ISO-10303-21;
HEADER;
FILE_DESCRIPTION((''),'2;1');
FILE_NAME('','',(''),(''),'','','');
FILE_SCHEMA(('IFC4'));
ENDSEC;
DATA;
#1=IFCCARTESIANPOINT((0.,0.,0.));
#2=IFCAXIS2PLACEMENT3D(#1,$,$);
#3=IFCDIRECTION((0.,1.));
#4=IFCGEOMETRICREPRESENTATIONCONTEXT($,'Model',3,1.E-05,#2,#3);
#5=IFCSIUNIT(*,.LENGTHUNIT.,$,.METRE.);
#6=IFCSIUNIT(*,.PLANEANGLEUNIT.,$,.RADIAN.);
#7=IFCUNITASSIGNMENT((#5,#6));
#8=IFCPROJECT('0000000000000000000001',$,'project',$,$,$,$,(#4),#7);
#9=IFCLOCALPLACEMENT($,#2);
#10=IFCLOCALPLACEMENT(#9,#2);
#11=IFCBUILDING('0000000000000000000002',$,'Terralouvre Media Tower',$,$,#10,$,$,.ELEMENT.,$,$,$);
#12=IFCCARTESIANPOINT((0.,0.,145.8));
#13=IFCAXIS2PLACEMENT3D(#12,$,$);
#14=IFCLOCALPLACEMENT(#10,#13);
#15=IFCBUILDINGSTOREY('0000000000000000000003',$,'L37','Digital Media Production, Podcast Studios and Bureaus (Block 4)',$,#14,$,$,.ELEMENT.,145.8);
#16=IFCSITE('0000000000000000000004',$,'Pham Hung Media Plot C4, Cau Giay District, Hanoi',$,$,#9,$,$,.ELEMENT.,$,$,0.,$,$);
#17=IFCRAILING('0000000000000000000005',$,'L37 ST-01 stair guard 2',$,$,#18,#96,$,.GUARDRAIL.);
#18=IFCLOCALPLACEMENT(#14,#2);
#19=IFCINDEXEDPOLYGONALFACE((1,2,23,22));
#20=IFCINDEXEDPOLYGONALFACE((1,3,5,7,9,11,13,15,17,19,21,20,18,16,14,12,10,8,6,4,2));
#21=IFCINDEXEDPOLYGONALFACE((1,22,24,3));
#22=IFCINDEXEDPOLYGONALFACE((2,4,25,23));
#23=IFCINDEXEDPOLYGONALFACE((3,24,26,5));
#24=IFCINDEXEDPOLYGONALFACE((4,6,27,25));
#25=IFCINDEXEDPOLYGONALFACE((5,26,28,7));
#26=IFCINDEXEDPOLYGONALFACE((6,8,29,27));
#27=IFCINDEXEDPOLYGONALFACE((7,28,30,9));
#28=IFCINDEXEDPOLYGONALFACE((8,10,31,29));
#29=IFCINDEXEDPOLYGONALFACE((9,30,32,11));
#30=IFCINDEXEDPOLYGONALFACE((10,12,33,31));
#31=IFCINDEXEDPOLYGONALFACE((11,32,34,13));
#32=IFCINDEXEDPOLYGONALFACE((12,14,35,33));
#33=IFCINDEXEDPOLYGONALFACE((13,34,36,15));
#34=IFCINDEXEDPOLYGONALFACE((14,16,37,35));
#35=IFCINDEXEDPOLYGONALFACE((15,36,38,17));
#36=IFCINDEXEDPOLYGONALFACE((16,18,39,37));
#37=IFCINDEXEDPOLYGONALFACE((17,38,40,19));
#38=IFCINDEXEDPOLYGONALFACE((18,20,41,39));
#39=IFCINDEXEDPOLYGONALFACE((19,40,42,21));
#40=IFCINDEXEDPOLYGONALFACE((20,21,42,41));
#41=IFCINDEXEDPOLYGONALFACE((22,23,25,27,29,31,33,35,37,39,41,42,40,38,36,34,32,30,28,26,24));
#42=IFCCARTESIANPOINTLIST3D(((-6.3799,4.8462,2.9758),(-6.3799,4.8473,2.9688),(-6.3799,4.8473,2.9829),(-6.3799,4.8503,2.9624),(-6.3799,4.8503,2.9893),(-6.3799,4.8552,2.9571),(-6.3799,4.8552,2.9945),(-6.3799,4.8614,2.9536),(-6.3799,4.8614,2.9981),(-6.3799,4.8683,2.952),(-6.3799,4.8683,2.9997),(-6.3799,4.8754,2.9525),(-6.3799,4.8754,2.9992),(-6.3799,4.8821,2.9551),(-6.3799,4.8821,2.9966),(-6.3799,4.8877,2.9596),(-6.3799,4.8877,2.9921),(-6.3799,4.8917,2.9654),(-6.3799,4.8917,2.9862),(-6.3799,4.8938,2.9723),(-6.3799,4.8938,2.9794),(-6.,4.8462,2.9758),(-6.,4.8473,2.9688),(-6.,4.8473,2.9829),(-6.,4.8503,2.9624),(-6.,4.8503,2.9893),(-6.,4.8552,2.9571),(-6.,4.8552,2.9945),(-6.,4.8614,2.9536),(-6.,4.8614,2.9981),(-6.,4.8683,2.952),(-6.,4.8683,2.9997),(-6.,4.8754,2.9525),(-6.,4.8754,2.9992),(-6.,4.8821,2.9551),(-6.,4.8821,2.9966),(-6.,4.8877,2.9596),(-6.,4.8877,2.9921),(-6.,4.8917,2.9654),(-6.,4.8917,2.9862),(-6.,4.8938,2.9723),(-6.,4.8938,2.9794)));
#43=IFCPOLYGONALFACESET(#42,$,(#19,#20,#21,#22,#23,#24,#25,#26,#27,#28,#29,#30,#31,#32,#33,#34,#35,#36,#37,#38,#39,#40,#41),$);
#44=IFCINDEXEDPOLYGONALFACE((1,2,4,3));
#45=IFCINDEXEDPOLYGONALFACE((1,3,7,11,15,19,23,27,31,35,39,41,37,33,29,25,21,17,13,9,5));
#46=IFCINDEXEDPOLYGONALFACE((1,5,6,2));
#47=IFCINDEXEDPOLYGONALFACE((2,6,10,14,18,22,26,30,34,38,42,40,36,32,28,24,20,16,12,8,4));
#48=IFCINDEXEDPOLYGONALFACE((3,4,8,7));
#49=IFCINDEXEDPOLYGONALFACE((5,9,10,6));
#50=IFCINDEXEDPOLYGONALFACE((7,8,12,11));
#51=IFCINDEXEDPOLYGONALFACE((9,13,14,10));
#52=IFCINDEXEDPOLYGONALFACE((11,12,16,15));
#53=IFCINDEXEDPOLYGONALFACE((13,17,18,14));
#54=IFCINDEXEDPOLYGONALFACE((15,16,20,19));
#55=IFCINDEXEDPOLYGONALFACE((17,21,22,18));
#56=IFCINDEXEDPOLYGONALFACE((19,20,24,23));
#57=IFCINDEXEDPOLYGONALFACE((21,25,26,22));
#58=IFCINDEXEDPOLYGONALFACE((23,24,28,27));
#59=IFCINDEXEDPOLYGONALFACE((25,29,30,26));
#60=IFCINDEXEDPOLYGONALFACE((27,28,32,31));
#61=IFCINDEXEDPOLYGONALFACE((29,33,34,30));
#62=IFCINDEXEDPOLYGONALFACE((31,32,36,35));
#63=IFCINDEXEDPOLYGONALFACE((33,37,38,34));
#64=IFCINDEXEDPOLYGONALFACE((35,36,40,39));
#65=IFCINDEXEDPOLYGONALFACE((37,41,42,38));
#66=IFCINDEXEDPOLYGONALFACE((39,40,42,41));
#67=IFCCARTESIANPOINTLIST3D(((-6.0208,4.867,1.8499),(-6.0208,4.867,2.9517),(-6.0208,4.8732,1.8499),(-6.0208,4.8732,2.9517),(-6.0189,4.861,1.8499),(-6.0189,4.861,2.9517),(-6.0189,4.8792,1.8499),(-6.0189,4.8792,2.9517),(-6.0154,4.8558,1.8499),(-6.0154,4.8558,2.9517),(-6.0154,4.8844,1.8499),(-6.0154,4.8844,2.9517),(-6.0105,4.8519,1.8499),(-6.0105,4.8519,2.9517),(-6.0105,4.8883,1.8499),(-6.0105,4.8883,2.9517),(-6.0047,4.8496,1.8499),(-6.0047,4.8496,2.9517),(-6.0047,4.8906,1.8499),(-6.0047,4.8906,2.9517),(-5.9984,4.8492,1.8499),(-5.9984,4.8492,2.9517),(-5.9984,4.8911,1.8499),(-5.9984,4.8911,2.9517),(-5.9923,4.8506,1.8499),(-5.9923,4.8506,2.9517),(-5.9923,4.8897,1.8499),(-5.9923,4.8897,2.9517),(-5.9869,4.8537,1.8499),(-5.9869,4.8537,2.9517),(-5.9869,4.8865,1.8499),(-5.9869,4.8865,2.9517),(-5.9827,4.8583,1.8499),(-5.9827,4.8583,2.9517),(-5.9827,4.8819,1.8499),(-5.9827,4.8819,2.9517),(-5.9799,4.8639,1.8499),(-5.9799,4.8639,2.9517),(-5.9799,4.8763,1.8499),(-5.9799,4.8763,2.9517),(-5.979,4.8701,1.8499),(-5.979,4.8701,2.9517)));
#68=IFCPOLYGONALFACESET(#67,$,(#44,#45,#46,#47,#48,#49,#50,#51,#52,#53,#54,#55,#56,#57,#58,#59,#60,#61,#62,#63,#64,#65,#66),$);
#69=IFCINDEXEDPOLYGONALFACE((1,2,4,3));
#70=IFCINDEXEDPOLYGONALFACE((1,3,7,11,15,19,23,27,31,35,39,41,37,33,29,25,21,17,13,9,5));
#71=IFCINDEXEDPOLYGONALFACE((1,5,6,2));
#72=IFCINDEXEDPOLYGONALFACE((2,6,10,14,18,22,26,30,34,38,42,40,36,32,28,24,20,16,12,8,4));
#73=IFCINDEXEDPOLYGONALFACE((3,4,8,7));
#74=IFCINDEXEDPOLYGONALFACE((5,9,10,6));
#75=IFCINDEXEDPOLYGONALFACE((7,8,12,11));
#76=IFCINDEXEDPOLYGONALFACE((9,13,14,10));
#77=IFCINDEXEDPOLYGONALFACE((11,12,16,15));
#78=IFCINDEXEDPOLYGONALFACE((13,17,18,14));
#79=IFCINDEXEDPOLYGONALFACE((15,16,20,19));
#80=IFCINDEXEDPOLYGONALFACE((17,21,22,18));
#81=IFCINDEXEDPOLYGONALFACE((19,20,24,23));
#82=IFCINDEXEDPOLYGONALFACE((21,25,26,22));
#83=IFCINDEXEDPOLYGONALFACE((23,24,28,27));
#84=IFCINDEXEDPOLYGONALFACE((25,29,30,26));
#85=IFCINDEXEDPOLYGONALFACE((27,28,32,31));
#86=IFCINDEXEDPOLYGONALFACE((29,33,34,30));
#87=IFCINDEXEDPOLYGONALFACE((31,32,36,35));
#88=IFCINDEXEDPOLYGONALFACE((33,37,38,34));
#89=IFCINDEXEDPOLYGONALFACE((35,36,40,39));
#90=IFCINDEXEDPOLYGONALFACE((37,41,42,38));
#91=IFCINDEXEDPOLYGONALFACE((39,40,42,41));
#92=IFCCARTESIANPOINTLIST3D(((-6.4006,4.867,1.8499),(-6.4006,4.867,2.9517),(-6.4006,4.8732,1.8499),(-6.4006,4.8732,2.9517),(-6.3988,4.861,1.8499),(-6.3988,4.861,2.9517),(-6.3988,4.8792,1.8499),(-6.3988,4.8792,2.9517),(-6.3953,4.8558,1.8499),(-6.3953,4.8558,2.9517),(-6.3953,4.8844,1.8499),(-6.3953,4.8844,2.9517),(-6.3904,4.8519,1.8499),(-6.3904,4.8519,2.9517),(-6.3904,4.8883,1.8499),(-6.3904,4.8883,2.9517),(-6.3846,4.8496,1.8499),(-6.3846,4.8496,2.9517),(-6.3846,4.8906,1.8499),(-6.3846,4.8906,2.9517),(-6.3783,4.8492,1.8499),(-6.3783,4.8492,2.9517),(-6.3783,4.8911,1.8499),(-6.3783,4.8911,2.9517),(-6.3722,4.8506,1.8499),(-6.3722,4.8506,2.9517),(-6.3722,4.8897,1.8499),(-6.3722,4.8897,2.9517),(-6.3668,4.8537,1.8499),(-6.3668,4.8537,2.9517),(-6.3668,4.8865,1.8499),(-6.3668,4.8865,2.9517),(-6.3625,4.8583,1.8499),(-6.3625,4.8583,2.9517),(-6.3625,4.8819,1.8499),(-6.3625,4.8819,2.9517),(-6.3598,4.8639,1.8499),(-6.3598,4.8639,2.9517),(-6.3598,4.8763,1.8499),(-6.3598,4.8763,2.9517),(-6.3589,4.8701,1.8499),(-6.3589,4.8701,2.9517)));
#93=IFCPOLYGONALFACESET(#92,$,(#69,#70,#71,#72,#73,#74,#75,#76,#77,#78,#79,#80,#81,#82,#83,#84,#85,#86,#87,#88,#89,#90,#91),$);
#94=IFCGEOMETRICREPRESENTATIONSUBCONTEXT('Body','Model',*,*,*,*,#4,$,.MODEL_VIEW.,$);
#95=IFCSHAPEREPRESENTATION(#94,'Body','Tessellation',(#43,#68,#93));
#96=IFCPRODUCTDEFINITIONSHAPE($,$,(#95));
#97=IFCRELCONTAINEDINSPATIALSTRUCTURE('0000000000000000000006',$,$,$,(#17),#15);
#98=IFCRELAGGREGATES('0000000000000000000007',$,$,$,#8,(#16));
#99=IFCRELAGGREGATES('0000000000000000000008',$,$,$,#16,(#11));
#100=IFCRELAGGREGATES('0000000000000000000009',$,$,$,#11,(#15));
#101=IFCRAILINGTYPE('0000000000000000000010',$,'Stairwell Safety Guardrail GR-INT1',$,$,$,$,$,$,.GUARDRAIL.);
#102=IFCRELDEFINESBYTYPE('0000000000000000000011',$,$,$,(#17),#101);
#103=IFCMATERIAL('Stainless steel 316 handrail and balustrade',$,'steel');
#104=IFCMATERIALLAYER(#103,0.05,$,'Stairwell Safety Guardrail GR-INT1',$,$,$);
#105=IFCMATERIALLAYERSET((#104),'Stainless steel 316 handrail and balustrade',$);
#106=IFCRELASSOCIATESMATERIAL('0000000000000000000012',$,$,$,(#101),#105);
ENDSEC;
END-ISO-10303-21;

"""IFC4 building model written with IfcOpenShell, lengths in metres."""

from ifc_helpers import new_model, si_unit, direction, frame, origin, origin_2d, place, context, subcontext, project, spatial, circle, extrude, material, layer, layer_set, type_object, element, save


model = new_model("IFC4")

# Units and contexts
model_context = context("Model", 3, precision=1e-05, world=origin(), true_north=direction((0.0, 1.0)))
body_context = subcontext(model_context, "Body", "Model", "MODEL_VIEW")
ifc_project = project(units=[si_unit("LENGTHUNIT", "METRE"), si_unit("PLANEANGLEUNIT", "RADIAN")], contexts=[model_context])

# Site, building, storey
site_placement = place(None, origin())
site = spatial("IfcSite", under=ifc_project, at=site_placement, Name="Pham Hung Media Plot C4, Cau Giay District, Hanoi", CompositionType="ELEMENT", RefElevation=0.0)
building_placement = place(site_placement, origin())
building = spatial("IfcBuilding", under=site, at=building_placement, Name="Terralouvre Media Tower", CompositionType="ELEMENT")
storey_placement = place(building_placement, frame((0.0, 0.0, 145.8)))
storey = spatial("IfcBuildingStorey", under=building, at=storey_placement, Name="L37", Description="Digital Media Production, Podcast Studios and Bureaus (Block 4)", CompositionType="ELEMENT", Elevation=145.8)

# Railing
ifc_material_1 = material(Name="Stainless steel 316 handrail and balustrade", Category="steel")
ifc_layer_1 = layer(ifc_material_1, 0.05, Name="Stairwell Safety Guardrail GR-INT1")
ifc_layer_set_1 = layer_set([ifc_layer_1], Name="Stainless steel 316 handrail and balustrade")
railing_type_1 = type_object("IfcRailingType", Name="Stairwell Safety Guardrail GR-INT1", PredefinedType="GUARDRAIL", material=ifc_layer_set_1)
railing_1_placement = place(storey_placement, frame((-6.0, 4.8701, 1.8499)))
element("IfcRailing", 1, at=railing_1_placement, inside=storey, type_object=railing_type_1, Name="L37 ST-01 stair guard 2", PredefinedType="GUARDRAIL", context=body_context, shape_type="SweptSolid", body=[
    extrude(circle(Radius=0.0239, at=origin_2d()), frame((0.0, 0.0, 1.126), z_axis=(-1.0, 0.0, 0.0), x_axis=(0.0, -1.0, 0.0)), (0.0, 0.0, 1.0), 0.3799),
    extrude(circle(Radius=0.021, at=origin_2d()), origin(), (0.0, 0.0, 1.0), 1.1018),
    extrude(circle(Radius=0.021, at=origin_2d()), frame((-0.3799, 0.0, 0.0)), (0.0, 0.0, 1.0), 1.1018),
])

save(model, "model.ifc")
